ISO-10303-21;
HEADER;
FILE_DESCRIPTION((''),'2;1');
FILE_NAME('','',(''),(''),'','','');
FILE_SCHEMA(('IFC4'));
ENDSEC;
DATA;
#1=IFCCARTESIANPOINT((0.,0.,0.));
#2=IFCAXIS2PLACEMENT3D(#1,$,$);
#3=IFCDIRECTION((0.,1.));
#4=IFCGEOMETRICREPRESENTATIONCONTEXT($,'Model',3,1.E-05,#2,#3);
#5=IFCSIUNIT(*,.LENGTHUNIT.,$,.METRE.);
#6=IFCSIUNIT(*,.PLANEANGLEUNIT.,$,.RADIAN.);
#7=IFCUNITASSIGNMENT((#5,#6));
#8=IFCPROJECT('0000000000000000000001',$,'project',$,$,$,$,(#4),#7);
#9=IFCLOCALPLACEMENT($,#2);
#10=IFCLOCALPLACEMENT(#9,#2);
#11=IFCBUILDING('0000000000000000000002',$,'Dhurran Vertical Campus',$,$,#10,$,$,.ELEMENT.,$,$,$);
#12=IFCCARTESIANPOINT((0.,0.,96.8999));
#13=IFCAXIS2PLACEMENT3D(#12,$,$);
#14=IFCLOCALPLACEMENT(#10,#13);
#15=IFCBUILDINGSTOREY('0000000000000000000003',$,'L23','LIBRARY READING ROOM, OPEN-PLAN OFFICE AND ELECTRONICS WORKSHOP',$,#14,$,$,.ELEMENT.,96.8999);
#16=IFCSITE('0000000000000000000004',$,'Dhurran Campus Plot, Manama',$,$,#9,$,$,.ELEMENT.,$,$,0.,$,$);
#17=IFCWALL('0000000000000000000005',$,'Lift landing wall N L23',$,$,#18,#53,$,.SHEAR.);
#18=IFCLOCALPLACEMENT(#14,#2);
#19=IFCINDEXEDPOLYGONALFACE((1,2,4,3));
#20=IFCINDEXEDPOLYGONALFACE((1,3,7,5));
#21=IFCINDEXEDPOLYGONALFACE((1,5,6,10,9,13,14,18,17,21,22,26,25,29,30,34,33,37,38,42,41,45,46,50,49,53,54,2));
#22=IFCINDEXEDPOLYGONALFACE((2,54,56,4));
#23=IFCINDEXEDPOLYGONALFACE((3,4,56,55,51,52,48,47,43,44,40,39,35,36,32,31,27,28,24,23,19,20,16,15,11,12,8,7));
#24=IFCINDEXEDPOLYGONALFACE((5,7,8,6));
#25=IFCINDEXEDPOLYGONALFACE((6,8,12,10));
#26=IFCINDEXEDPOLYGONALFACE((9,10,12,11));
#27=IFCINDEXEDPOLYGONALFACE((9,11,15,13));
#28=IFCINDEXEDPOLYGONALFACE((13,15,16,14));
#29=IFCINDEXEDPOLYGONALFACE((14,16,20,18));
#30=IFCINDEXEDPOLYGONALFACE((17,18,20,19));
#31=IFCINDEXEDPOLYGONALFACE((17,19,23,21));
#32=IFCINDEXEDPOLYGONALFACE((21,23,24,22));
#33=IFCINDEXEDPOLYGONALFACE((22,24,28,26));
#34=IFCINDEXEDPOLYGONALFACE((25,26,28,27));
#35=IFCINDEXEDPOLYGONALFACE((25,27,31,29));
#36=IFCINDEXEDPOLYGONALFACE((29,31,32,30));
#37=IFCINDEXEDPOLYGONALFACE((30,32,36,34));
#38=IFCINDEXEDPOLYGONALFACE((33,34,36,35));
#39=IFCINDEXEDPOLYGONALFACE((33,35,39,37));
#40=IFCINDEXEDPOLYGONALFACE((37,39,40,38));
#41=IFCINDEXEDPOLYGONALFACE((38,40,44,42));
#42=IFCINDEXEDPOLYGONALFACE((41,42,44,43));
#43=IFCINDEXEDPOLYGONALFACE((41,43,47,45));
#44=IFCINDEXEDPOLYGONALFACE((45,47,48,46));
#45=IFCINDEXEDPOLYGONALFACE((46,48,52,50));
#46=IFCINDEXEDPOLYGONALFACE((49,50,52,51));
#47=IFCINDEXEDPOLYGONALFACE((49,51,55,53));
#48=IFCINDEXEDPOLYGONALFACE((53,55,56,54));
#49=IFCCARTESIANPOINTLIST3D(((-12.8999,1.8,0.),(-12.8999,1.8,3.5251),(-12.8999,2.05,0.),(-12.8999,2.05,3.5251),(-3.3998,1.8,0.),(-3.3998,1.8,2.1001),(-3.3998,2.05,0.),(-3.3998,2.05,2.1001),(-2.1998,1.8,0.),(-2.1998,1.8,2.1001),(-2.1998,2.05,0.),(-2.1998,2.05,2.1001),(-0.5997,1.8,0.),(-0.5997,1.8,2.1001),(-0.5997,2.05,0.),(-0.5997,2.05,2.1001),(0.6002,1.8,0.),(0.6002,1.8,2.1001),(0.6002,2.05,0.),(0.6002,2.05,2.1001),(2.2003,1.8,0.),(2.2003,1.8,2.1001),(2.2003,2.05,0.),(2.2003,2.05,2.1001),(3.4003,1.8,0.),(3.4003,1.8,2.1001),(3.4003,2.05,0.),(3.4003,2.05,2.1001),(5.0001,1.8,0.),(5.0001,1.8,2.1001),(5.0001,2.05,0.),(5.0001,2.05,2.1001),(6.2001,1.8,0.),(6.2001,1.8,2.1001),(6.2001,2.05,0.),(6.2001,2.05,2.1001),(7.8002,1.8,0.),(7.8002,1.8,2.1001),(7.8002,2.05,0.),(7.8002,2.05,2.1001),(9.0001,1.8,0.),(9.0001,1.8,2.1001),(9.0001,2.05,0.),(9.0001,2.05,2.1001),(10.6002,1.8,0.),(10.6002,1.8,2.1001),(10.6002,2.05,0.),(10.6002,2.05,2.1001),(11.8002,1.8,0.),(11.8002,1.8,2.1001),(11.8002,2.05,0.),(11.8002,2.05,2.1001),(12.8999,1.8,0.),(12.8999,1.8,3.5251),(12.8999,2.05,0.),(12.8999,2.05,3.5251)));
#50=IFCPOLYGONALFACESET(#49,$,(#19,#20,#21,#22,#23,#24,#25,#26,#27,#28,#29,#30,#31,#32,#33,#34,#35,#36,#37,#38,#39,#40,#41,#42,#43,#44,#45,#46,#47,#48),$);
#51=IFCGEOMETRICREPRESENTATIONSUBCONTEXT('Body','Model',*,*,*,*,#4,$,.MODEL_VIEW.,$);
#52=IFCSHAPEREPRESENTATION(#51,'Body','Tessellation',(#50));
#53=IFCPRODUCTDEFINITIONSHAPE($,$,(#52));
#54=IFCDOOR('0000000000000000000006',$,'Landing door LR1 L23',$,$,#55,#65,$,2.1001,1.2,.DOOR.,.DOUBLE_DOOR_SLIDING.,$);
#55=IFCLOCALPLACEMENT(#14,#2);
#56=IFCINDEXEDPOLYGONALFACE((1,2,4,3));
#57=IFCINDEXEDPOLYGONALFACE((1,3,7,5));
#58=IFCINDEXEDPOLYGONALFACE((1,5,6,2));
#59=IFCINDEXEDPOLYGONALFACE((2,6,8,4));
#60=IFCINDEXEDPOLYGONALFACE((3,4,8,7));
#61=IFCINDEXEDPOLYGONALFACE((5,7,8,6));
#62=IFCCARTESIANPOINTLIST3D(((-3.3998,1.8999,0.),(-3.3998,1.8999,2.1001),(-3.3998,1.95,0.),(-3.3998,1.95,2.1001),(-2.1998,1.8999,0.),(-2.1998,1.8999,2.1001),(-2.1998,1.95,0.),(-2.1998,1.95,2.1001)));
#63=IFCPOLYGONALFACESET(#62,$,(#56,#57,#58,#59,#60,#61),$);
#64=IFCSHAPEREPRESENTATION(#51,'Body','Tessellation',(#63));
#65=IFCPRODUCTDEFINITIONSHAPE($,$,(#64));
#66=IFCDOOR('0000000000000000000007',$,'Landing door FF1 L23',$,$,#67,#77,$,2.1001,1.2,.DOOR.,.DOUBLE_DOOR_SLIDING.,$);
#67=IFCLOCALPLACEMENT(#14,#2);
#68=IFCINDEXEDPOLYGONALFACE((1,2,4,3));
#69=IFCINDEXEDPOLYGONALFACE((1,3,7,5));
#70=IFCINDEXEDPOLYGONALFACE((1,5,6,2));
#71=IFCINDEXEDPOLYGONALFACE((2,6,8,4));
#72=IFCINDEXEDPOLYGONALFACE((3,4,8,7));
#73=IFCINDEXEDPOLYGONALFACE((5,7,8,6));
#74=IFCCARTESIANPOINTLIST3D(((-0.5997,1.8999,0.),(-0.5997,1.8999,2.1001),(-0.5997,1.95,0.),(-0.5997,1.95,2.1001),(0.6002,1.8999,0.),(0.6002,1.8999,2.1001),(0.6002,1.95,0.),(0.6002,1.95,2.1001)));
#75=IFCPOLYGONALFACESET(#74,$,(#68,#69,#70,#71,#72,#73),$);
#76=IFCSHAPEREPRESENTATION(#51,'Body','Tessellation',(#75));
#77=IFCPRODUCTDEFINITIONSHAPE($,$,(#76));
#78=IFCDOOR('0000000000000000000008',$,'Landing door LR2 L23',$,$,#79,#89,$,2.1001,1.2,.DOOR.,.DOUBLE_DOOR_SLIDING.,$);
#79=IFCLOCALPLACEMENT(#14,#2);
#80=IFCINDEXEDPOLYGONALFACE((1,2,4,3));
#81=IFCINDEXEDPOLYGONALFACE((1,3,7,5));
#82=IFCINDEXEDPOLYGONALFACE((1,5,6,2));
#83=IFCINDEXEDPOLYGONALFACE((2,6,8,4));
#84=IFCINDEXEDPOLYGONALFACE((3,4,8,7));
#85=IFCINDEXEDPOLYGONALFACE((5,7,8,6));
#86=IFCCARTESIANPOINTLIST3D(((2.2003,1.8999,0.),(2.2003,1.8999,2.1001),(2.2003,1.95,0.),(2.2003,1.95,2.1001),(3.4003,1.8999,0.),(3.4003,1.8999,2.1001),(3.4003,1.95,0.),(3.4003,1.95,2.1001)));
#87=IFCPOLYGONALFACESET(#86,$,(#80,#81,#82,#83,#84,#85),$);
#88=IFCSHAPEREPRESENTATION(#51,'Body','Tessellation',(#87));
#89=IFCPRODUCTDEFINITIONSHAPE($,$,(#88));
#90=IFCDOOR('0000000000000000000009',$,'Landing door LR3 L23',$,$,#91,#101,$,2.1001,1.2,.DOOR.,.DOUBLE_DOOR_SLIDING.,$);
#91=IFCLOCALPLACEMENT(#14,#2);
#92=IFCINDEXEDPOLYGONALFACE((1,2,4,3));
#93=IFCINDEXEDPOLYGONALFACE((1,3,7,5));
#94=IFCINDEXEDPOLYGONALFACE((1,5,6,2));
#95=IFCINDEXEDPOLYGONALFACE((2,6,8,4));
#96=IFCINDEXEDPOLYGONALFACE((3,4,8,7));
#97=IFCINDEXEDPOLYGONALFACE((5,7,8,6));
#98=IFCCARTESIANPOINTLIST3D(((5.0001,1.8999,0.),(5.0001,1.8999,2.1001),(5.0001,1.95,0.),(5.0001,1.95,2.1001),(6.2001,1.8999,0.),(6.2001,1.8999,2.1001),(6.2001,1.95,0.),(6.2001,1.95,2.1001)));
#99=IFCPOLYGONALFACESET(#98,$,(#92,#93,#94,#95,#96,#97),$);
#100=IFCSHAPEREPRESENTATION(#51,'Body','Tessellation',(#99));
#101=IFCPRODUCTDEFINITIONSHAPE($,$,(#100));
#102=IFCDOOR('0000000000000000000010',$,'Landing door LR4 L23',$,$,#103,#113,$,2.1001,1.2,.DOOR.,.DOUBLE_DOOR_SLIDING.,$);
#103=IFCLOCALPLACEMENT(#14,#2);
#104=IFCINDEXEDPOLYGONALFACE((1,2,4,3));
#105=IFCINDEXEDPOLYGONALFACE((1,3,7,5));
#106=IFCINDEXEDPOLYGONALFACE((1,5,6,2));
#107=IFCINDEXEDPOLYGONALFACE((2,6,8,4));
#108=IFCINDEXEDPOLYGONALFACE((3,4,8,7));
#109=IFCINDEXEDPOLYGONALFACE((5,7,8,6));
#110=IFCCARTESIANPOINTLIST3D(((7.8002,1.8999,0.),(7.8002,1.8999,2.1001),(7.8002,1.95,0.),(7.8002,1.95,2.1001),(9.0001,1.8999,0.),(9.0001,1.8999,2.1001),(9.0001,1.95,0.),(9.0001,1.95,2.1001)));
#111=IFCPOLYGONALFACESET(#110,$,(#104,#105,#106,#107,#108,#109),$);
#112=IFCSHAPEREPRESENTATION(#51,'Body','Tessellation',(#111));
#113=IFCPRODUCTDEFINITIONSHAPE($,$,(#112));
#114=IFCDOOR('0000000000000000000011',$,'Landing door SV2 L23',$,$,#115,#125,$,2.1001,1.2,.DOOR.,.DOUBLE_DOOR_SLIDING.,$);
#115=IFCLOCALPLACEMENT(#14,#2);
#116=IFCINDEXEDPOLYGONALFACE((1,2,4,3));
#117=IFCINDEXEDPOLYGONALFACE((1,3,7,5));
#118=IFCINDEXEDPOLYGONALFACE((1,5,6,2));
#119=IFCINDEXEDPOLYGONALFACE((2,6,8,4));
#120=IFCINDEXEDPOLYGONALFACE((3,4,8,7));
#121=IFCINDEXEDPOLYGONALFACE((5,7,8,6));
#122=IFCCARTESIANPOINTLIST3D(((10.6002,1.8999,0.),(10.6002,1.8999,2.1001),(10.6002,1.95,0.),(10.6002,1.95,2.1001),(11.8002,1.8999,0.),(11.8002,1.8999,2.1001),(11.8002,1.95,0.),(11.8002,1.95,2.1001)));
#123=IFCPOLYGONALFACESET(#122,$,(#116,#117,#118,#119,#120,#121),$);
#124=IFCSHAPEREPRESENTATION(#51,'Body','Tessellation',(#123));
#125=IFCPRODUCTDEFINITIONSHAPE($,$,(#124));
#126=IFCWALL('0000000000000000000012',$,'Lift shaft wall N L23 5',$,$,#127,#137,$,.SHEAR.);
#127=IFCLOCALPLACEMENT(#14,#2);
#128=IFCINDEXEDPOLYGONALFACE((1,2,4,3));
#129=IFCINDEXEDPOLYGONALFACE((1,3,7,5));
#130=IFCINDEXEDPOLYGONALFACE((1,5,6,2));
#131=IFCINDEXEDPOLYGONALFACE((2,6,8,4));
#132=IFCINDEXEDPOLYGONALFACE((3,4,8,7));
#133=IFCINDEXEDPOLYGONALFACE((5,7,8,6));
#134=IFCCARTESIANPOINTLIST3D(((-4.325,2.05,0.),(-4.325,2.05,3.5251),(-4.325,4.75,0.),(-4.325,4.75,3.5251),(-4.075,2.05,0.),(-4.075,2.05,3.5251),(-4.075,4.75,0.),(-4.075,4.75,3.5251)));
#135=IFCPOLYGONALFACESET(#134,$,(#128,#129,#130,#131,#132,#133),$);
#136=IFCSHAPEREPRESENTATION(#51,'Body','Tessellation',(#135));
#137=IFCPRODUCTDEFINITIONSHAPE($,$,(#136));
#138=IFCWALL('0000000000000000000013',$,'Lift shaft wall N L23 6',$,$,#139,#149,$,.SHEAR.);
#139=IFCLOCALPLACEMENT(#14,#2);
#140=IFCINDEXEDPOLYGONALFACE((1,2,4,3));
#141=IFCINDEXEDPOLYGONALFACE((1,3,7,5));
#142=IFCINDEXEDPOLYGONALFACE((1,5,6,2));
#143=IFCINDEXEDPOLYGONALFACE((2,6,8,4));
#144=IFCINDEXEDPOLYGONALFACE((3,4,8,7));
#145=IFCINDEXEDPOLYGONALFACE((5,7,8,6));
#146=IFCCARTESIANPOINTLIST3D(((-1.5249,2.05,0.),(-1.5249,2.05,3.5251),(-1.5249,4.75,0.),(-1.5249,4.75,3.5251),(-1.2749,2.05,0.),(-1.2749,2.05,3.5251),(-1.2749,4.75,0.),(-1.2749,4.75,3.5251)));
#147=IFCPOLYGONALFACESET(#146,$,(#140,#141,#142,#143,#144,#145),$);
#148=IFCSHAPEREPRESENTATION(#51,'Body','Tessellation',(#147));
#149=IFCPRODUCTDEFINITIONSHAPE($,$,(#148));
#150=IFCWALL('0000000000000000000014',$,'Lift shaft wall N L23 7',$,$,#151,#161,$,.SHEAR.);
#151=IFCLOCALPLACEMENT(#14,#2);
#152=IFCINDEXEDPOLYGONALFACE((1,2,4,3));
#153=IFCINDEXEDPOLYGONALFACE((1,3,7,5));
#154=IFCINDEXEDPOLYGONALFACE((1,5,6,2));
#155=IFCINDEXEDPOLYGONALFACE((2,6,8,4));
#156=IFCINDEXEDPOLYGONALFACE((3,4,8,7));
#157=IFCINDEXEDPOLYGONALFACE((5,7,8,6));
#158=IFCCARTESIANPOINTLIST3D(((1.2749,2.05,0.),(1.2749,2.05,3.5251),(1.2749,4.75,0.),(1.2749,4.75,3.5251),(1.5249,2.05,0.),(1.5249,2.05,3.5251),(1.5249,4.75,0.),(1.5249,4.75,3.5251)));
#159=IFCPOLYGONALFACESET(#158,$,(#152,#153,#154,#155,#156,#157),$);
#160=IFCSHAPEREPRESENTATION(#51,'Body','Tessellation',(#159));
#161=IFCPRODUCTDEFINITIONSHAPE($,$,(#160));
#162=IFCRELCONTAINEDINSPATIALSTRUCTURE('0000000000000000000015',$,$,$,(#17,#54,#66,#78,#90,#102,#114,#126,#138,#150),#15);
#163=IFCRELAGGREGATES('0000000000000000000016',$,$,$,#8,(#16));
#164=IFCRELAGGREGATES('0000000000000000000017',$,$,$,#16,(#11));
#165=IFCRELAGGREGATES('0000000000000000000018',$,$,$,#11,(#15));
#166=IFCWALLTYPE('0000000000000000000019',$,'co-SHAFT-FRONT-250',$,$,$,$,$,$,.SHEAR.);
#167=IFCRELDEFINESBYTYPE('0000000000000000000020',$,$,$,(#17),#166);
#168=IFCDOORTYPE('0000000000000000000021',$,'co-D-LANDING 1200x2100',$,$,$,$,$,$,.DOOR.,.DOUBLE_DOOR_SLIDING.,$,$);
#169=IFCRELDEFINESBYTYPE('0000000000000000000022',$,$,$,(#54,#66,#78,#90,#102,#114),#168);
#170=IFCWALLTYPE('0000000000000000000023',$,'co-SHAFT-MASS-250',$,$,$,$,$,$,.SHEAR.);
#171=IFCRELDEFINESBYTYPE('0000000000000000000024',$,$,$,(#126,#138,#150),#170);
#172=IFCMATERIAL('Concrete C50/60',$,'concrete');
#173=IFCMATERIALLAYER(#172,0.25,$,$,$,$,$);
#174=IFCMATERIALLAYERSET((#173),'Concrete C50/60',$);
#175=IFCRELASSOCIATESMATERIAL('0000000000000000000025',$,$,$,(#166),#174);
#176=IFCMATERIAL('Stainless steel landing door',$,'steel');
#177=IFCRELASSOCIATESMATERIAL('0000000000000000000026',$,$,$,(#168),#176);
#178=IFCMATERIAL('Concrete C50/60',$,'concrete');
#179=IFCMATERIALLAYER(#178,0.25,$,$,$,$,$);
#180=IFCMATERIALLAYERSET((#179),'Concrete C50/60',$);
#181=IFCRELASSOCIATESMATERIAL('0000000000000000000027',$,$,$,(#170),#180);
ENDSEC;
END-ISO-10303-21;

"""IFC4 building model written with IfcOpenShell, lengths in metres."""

from ifc_helpers import new_model, si_unit, direction, frame, frame_2d, origin, place, context, subcontext, project, spatial, polyline, rectangle, outline, extrude, material, layer, layer_set, type_object, element, fill, save


model = new_model("IFC4")

# Units and contexts
model_context = context("Model", 3, precision=1e-05, world=origin(), true_north=direction((0.0, 1.0)))
body_context = subcontext(model_context, "Body", "Model", "MODEL_VIEW")
ifc_project = project(units=[si_unit("LENGTHUNIT", "METRE"), si_unit("PLANEANGLEUNIT", "RADIAN")], contexts=[model_context])

# Site, building, storey
site_placement = place(None, origin())
site = spatial("IfcSite", under=ifc_project, at=site_placement, Name="Dhurran Campus Plot, Manama", CompositionType="ELEMENT", RefElevation=0.0)
building_placement = place(site_placement, origin())
building = spatial("IfcBuilding", under=site, at=building_placement, Name="Dhurran Vertical Campus", CompositionType="ELEMENT")
storey_placement = place(building_placement, frame((0.0, 0.0, 96.8999)))
storey = spatial("IfcBuildingStorey", under=building, at=storey_placement, Name="L23", Description="LIBRARY READING ROOM, OPEN-PLAN OFFICE AND ELECTRONICS WORKSHOP", CompositionType="ELEMENT", Elevation=96.8999)

# Wall, openings, doors
ifc_material_1 = material(Name="Concrete C50/60", Category="concrete")
ifc_layer_1 = layer(ifc_material_1, 0.25)
ifc_layer_set_1 = layer_set([ifc_layer_1], Name="Concrete C50/60")
wall_type_1 = type_object("IfcWallType", Name="co-SHAFT-FRONT-250", PredefinedType="SHEAR", material=ifc_layer_set_1)
wall_1_placement = place(storey_placement, frame((-12.8999, 1.925, 0.0), z_axis=(0.0, 0.0, 1.0), x_axis=(1.0, 0.0, 0.0)))
wall_1 = element("IfcWall", 1, at=wall_1_placement, inside=storey, type_object=wall_type_1, Name="Lift landing wall N L23", PredefinedType="SHEAR", context=body_context, shape_type="SweptSolid", body=[
    extrude(rectangle(XDim=25.7998, YDim=0.25, at=frame_2d((12.8999, 0.0))), origin(), (0.0, 0.0, 1.0), 3.5251),
])
opening_1_placement = place(wall_1_placement, frame((9.5, 0.0, 0.0)))
opening_1 = element("IfcOpeningElement", 2, at=opening_1_placement, cuts=wall_1, PredefinedType="OPENING", context=body_context, shape_type="SweptSolid", body=[
    extrude(rectangle(XDim=1.2, YDim=2.1001, at=frame_2d((0.6001, 1.05))), frame((0.0, 0.135, 0.0), z_axis=(0.0, -1.0, 0.0), x_axis=(1.0, 0.0, 0.0)), (0.0, 0.0, 1.0), 0.27),
])
opening_2_placement = place(wall_1_placement, frame((12.3, 0.0, 0.0)))
opening_2 = element("IfcOpeningElement", 3, at=opening_2_placement, cuts=wall_1, PredefinedType="OPENING", context=body_context, shape_type="SweptSolid", body=[
    extrude(rectangle(XDim=1.2, YDim=2.1001, at=frame_2d((0.6001, 1.05))), frame((0.0, 0.135, 0.0), z_axis=(0.0, -1.0, 0.0), x_axis=(1.0, 0.0, 0.0)), (0.0, 0.0, 1.0), 0.27),
])
opening_3_placement = place(wall_1_placement, frame((15.1001, 0.0, 0.0)))
opening_3 = element("IfcOpeningElement", 4, at=opening_3_placement, cuts=wall_1, PredefinedType="OPENING", context=body_context, shape_type="SweptSolid", body=[
    extrude(rectangle(XDim=1.2, YDim=2.1001, at=frame_2d((0.6001, 1.05))), frame((0.0, 0.135, 0.0), z_axis=(0.0, -1.0, 0.0), x_axis=(1.0, 0.0, 0.0)), (0.0, 0.0, 1.0), 0.27),
])
opening_4_placement = place(wall_1_placement, frame((17.8999, 0.0, 0.0)))
opening_4 = element("IfcOpeningElement", 5, at=opening_4_placement, cuts=wall_1, PredefinedType="OPENING", context=body_context, shape_type="SweptSolid", body=[
    extrude(rectangle(XDim=1.2, YDim=2.1001, at=frame_2d((0.6001, 1.05))), frame((0.0, 0.135, 0.0), z_axis=(0.0, -1.0, 0.0), x_axis=(1.0, 0.0, 0.0)), (0.0, 0.0, 1.0), 0.27),
])
opening_5_placement = place(wall_1_placement, frame((20.7, 0.0, 0.0)))
opening_5 = element("IfcOpeningElement", 6, at=opening_5_placement, cuts=wall_1, PredefinedType="OPENING", context=body_context, shape_type="SweptSolid", body=[
    extrude(rectangle(XDim=1.2, YDim=2.1001, at=frame_2d((0.6001, 1.05))), frame((0.0, 0.135, 0.0), z_axis=(0.0, -1.0, 0.0), x_axis=(1.0, 0.0, 0.0)), (0.0, 0.0, 1.0), 0.27),
])
opening_6_placement = place(wall_1_placement, frame((23.5, 0.0, 0.0)))
opening_6 = element("IfcOpeningElement", 7, at=opening_6_placement, cuts=wall_1, PredefinedType="OPENING", context=body_context, shape_type="SweptSolid", body=[
    extrude(rectangle(XDim=1.2, YDim=2.1001, at=frame_2d((0.6001, 1.05))), frame((0.0, 0.135, 0.0), z_axis=(0.0, -1.0, 0.0), x_axis=(1.0, 0.0, 0.0)), (0.0, 0.0, 1.0), 0.27),
])
ifc_material_2 = material(Name="Stainless steel landing door", Category="steel")
door_type_1 = type_object("IfcDoorType", Name="co-D-LANDING 1200x2100", OperationType="DOUBLE_DOOR_SLIDING", PredefinedType="DOOR", material=ifc_material_2)
door_1_placement = place(opening_1_placement, origin())
door_1 = element("IfcDoor", 8, at=door_1_placement, inside=storey, type_object=door_type_1, Name="Landing door LR1 L23", OperationType="DOUBLE_DOOR_SLIDING", OverallHeight=2.1001, OverallWidth=1.2, PredefinedType="DOOR", context=body_context, shape_type="SweptSolid", body=[
    extrude(rectangle(XDim=1.2, YDim=2.1001, at=frame_2d((0.6001, 1.05))), frame((0.0, 0.0249, 0.0), z_axis=(0.0, -1.0, 0.0), x_axis=(1.0, 0.0, 0.0)), (0.0, 0.0, 1.0), 0.05),
])
fill(opening_1, door_1)
door_2_placement = place(opening_2_placement, origin())
door_2 = element("IfcDoor", 9, at=door_2_placement, inside=storey, type_object=door_type_1, Name="Landing door FF1 L23", OperationType="DOUBLE_DOOR_SLIDING", OverallHeight=2.1001, OverallWidth=1.2, PredefinedType="DOOR", context=body_context, shape_type="SweptSolid", body=[
    extrude(rectangle(XDim=1.2, YDim=2.1001, at=frame_2d((0.6001, 1.05))), frame((0.0, 0.0249, 0.0), z_axis=(0.0, -1.0, 0.0), x_axis=(1.0, 0.0, 0.0)), (0.0, 0.0, 1.0), 0.05),
])
fill(opening_2, door_2)
door_3_placement = place(opening_3_placement, origin())
door_3 = element("IfcDoor", 10, at=door_3_placement, inside=storey, type_object=door_type_1, Name="Landing door LR2 L23", OperationType="DOUBLE_DOOR_SLIDING", OverallHeight=2.1001, OverallWidth=1.2, PredefinedType="DOOR", context=body_context, shape_type="SweptSolid", body=[
    extrude(rectangle(XDim=1.2, YDim=2.1001, at=frame_2d((0.6001, 1.05))), frame((0.0, 0.0249, 0.0), z_axis=(0.0, -1.0, 0.0), x_axis=(1.0, 0.0, 0.0)), (0.0, 0.0, 1.0), 0.05),
])
fill(opening_3, door_3)
door_4_placement = place(opening_4_placement, origin())
door_4 = element("IfcDoor", 11, at=door_4_placement, inside=storey, type_object=door_type_1, Name="Landing door LR3 L23", OperationType="DOUBLE_DOOR_SLIDING", OverallHeight=2.1001, OverallWidth=1.2, PredefinedType="DOOR", context=body_context, shape_type="SweptSolid", body=[
    extrude(rectangle(XDim=1.2, YDim=2.1001, at=frame_2d((0.6001, 1.05))), frame((0.0, 0.0249, 0.0), z_axis=(0.0, -1.0, 0.0), x_axis=(1.0, 0.0, 0.0)), (0.0, 0.0, 1.0), 0.05),
])
fill(opening_4, door_4)
door_5_placement = place(opening_5_placement, origin())
door_5 = element("IfcDoor", 12, at=door_5_placement, inside=storey, type_object=door_type_1, Name="Landing door LR4 L23", OperationType="DOUBLE_DOOR_SLIDING", OverallHeight=2.1001, OverallWidth=1.2, PredefinedType="DOOR", context=body_context, shape_type="SweptSolid", body=[
    extrude(rectangle(XDim=1.2, YDim=2.1001, at=frame_2d((0.6001, 1.05))), frame((0.0, 0.0249, 0.0), z_axis=(0.0, -1.0, 0.0), x_axis=(1.0, 0.0, 0.0)), (0.0, 0.0, 1.0), 0.05),
])
fill(opening_5, door_5)
door_6_placement = place(opening_6_placement, origin())
door_6 = element("IfcDoor", 13, at=door_6_placement, inside=storey, type_object=door_type_1, Name="Landing door SV2 L23", OperationType="DOUBLE_DOOR_SLIDING", OverallHeight=2.1001, OverallWidth=1.2, PredefinedType="DOOR", context=body_context, shape_type="SweptSolid", body=[
    extrude(rectangle(XDim=1.2, YDim=2.1001, at=frame_2d((0.6001, 1.05))), frame((0.0, 0.0249, 0.0), z_axis=(0.0, -1.0, 0.0), x_axis=(1.0, 0.0, 0.0)), (0.0, 0.0, 1.0), 0.05),
])
fill(opening_6, door_6)

# Walls
ifc_material_3 = material(Name="Concrete C50/60", Category="concrete")
ifc_layer_2 = layer(ifc_material_3, 0.25)
ifc_layer_set_2 = layer_set([ifc_layer_2], Name="Concrete C50/60")
wall_type_2 = type_object("IfcWallType", Name="co-SHAFT-MASS-250", PredefinedType="SHEAR", material=ifc_layer_set_2)
wall_2_placement = place(storey_placement, origin())
element("IfcWall", 14, at=wall_2_placement, inside=storey, type_object=wall_type_2, Name="Lift shaft wall N L23 5", PredefinedType="SHEAR", context=body_context, shape_type="SweptSolid", body=[
    extrude(outline(polyline([(-4.325, 2.05), (-4.075, 2.05), (-4.075, 4.75), (-4.325, 4.75), (-4.325, 2.05)])), origin(), (0.0, 0.0, 1.0), 3.5251),
])
wall_3_placement = place(storey_placement, origin())
element("IfcWall", 15, at=wall_3_placement, inside=storey, type_object=wall_type_2, Name="Lift shaft wall N L23 6", PredefinedType="SHEAR", context=body_context, shape_type="SweptSolid", body=[
    extrude(outline(polyline([(-1.5249, 2.05), (-1.2749, 2.05), (-1.2749, 4.75), (-1.5249, 4.75), (-1.5249, 2.05)])), origin(), (0.0, 0.0, 1.0), 3.5251),
])
wall_4_placement = place(storey_placement, origin())
element("IfcWall", 16, at=wall_4_placement, inside=storey, type_object=wall_type_2, Name="Lift shaft wall N L23 7", PredefinedType="SHEAR", context=body_context, shape_type="SweptSolid", body=[
    extrude(outline(polyline([(1.2749, 2.05), (1.5249, 2.05), (1.5249, 4.75), (1.2749, 4.75), (1.2749, 2.05)])), origin(), (0.0, 0.0, 1.0), 3.5251),
])

save(model, "model.ifc")
